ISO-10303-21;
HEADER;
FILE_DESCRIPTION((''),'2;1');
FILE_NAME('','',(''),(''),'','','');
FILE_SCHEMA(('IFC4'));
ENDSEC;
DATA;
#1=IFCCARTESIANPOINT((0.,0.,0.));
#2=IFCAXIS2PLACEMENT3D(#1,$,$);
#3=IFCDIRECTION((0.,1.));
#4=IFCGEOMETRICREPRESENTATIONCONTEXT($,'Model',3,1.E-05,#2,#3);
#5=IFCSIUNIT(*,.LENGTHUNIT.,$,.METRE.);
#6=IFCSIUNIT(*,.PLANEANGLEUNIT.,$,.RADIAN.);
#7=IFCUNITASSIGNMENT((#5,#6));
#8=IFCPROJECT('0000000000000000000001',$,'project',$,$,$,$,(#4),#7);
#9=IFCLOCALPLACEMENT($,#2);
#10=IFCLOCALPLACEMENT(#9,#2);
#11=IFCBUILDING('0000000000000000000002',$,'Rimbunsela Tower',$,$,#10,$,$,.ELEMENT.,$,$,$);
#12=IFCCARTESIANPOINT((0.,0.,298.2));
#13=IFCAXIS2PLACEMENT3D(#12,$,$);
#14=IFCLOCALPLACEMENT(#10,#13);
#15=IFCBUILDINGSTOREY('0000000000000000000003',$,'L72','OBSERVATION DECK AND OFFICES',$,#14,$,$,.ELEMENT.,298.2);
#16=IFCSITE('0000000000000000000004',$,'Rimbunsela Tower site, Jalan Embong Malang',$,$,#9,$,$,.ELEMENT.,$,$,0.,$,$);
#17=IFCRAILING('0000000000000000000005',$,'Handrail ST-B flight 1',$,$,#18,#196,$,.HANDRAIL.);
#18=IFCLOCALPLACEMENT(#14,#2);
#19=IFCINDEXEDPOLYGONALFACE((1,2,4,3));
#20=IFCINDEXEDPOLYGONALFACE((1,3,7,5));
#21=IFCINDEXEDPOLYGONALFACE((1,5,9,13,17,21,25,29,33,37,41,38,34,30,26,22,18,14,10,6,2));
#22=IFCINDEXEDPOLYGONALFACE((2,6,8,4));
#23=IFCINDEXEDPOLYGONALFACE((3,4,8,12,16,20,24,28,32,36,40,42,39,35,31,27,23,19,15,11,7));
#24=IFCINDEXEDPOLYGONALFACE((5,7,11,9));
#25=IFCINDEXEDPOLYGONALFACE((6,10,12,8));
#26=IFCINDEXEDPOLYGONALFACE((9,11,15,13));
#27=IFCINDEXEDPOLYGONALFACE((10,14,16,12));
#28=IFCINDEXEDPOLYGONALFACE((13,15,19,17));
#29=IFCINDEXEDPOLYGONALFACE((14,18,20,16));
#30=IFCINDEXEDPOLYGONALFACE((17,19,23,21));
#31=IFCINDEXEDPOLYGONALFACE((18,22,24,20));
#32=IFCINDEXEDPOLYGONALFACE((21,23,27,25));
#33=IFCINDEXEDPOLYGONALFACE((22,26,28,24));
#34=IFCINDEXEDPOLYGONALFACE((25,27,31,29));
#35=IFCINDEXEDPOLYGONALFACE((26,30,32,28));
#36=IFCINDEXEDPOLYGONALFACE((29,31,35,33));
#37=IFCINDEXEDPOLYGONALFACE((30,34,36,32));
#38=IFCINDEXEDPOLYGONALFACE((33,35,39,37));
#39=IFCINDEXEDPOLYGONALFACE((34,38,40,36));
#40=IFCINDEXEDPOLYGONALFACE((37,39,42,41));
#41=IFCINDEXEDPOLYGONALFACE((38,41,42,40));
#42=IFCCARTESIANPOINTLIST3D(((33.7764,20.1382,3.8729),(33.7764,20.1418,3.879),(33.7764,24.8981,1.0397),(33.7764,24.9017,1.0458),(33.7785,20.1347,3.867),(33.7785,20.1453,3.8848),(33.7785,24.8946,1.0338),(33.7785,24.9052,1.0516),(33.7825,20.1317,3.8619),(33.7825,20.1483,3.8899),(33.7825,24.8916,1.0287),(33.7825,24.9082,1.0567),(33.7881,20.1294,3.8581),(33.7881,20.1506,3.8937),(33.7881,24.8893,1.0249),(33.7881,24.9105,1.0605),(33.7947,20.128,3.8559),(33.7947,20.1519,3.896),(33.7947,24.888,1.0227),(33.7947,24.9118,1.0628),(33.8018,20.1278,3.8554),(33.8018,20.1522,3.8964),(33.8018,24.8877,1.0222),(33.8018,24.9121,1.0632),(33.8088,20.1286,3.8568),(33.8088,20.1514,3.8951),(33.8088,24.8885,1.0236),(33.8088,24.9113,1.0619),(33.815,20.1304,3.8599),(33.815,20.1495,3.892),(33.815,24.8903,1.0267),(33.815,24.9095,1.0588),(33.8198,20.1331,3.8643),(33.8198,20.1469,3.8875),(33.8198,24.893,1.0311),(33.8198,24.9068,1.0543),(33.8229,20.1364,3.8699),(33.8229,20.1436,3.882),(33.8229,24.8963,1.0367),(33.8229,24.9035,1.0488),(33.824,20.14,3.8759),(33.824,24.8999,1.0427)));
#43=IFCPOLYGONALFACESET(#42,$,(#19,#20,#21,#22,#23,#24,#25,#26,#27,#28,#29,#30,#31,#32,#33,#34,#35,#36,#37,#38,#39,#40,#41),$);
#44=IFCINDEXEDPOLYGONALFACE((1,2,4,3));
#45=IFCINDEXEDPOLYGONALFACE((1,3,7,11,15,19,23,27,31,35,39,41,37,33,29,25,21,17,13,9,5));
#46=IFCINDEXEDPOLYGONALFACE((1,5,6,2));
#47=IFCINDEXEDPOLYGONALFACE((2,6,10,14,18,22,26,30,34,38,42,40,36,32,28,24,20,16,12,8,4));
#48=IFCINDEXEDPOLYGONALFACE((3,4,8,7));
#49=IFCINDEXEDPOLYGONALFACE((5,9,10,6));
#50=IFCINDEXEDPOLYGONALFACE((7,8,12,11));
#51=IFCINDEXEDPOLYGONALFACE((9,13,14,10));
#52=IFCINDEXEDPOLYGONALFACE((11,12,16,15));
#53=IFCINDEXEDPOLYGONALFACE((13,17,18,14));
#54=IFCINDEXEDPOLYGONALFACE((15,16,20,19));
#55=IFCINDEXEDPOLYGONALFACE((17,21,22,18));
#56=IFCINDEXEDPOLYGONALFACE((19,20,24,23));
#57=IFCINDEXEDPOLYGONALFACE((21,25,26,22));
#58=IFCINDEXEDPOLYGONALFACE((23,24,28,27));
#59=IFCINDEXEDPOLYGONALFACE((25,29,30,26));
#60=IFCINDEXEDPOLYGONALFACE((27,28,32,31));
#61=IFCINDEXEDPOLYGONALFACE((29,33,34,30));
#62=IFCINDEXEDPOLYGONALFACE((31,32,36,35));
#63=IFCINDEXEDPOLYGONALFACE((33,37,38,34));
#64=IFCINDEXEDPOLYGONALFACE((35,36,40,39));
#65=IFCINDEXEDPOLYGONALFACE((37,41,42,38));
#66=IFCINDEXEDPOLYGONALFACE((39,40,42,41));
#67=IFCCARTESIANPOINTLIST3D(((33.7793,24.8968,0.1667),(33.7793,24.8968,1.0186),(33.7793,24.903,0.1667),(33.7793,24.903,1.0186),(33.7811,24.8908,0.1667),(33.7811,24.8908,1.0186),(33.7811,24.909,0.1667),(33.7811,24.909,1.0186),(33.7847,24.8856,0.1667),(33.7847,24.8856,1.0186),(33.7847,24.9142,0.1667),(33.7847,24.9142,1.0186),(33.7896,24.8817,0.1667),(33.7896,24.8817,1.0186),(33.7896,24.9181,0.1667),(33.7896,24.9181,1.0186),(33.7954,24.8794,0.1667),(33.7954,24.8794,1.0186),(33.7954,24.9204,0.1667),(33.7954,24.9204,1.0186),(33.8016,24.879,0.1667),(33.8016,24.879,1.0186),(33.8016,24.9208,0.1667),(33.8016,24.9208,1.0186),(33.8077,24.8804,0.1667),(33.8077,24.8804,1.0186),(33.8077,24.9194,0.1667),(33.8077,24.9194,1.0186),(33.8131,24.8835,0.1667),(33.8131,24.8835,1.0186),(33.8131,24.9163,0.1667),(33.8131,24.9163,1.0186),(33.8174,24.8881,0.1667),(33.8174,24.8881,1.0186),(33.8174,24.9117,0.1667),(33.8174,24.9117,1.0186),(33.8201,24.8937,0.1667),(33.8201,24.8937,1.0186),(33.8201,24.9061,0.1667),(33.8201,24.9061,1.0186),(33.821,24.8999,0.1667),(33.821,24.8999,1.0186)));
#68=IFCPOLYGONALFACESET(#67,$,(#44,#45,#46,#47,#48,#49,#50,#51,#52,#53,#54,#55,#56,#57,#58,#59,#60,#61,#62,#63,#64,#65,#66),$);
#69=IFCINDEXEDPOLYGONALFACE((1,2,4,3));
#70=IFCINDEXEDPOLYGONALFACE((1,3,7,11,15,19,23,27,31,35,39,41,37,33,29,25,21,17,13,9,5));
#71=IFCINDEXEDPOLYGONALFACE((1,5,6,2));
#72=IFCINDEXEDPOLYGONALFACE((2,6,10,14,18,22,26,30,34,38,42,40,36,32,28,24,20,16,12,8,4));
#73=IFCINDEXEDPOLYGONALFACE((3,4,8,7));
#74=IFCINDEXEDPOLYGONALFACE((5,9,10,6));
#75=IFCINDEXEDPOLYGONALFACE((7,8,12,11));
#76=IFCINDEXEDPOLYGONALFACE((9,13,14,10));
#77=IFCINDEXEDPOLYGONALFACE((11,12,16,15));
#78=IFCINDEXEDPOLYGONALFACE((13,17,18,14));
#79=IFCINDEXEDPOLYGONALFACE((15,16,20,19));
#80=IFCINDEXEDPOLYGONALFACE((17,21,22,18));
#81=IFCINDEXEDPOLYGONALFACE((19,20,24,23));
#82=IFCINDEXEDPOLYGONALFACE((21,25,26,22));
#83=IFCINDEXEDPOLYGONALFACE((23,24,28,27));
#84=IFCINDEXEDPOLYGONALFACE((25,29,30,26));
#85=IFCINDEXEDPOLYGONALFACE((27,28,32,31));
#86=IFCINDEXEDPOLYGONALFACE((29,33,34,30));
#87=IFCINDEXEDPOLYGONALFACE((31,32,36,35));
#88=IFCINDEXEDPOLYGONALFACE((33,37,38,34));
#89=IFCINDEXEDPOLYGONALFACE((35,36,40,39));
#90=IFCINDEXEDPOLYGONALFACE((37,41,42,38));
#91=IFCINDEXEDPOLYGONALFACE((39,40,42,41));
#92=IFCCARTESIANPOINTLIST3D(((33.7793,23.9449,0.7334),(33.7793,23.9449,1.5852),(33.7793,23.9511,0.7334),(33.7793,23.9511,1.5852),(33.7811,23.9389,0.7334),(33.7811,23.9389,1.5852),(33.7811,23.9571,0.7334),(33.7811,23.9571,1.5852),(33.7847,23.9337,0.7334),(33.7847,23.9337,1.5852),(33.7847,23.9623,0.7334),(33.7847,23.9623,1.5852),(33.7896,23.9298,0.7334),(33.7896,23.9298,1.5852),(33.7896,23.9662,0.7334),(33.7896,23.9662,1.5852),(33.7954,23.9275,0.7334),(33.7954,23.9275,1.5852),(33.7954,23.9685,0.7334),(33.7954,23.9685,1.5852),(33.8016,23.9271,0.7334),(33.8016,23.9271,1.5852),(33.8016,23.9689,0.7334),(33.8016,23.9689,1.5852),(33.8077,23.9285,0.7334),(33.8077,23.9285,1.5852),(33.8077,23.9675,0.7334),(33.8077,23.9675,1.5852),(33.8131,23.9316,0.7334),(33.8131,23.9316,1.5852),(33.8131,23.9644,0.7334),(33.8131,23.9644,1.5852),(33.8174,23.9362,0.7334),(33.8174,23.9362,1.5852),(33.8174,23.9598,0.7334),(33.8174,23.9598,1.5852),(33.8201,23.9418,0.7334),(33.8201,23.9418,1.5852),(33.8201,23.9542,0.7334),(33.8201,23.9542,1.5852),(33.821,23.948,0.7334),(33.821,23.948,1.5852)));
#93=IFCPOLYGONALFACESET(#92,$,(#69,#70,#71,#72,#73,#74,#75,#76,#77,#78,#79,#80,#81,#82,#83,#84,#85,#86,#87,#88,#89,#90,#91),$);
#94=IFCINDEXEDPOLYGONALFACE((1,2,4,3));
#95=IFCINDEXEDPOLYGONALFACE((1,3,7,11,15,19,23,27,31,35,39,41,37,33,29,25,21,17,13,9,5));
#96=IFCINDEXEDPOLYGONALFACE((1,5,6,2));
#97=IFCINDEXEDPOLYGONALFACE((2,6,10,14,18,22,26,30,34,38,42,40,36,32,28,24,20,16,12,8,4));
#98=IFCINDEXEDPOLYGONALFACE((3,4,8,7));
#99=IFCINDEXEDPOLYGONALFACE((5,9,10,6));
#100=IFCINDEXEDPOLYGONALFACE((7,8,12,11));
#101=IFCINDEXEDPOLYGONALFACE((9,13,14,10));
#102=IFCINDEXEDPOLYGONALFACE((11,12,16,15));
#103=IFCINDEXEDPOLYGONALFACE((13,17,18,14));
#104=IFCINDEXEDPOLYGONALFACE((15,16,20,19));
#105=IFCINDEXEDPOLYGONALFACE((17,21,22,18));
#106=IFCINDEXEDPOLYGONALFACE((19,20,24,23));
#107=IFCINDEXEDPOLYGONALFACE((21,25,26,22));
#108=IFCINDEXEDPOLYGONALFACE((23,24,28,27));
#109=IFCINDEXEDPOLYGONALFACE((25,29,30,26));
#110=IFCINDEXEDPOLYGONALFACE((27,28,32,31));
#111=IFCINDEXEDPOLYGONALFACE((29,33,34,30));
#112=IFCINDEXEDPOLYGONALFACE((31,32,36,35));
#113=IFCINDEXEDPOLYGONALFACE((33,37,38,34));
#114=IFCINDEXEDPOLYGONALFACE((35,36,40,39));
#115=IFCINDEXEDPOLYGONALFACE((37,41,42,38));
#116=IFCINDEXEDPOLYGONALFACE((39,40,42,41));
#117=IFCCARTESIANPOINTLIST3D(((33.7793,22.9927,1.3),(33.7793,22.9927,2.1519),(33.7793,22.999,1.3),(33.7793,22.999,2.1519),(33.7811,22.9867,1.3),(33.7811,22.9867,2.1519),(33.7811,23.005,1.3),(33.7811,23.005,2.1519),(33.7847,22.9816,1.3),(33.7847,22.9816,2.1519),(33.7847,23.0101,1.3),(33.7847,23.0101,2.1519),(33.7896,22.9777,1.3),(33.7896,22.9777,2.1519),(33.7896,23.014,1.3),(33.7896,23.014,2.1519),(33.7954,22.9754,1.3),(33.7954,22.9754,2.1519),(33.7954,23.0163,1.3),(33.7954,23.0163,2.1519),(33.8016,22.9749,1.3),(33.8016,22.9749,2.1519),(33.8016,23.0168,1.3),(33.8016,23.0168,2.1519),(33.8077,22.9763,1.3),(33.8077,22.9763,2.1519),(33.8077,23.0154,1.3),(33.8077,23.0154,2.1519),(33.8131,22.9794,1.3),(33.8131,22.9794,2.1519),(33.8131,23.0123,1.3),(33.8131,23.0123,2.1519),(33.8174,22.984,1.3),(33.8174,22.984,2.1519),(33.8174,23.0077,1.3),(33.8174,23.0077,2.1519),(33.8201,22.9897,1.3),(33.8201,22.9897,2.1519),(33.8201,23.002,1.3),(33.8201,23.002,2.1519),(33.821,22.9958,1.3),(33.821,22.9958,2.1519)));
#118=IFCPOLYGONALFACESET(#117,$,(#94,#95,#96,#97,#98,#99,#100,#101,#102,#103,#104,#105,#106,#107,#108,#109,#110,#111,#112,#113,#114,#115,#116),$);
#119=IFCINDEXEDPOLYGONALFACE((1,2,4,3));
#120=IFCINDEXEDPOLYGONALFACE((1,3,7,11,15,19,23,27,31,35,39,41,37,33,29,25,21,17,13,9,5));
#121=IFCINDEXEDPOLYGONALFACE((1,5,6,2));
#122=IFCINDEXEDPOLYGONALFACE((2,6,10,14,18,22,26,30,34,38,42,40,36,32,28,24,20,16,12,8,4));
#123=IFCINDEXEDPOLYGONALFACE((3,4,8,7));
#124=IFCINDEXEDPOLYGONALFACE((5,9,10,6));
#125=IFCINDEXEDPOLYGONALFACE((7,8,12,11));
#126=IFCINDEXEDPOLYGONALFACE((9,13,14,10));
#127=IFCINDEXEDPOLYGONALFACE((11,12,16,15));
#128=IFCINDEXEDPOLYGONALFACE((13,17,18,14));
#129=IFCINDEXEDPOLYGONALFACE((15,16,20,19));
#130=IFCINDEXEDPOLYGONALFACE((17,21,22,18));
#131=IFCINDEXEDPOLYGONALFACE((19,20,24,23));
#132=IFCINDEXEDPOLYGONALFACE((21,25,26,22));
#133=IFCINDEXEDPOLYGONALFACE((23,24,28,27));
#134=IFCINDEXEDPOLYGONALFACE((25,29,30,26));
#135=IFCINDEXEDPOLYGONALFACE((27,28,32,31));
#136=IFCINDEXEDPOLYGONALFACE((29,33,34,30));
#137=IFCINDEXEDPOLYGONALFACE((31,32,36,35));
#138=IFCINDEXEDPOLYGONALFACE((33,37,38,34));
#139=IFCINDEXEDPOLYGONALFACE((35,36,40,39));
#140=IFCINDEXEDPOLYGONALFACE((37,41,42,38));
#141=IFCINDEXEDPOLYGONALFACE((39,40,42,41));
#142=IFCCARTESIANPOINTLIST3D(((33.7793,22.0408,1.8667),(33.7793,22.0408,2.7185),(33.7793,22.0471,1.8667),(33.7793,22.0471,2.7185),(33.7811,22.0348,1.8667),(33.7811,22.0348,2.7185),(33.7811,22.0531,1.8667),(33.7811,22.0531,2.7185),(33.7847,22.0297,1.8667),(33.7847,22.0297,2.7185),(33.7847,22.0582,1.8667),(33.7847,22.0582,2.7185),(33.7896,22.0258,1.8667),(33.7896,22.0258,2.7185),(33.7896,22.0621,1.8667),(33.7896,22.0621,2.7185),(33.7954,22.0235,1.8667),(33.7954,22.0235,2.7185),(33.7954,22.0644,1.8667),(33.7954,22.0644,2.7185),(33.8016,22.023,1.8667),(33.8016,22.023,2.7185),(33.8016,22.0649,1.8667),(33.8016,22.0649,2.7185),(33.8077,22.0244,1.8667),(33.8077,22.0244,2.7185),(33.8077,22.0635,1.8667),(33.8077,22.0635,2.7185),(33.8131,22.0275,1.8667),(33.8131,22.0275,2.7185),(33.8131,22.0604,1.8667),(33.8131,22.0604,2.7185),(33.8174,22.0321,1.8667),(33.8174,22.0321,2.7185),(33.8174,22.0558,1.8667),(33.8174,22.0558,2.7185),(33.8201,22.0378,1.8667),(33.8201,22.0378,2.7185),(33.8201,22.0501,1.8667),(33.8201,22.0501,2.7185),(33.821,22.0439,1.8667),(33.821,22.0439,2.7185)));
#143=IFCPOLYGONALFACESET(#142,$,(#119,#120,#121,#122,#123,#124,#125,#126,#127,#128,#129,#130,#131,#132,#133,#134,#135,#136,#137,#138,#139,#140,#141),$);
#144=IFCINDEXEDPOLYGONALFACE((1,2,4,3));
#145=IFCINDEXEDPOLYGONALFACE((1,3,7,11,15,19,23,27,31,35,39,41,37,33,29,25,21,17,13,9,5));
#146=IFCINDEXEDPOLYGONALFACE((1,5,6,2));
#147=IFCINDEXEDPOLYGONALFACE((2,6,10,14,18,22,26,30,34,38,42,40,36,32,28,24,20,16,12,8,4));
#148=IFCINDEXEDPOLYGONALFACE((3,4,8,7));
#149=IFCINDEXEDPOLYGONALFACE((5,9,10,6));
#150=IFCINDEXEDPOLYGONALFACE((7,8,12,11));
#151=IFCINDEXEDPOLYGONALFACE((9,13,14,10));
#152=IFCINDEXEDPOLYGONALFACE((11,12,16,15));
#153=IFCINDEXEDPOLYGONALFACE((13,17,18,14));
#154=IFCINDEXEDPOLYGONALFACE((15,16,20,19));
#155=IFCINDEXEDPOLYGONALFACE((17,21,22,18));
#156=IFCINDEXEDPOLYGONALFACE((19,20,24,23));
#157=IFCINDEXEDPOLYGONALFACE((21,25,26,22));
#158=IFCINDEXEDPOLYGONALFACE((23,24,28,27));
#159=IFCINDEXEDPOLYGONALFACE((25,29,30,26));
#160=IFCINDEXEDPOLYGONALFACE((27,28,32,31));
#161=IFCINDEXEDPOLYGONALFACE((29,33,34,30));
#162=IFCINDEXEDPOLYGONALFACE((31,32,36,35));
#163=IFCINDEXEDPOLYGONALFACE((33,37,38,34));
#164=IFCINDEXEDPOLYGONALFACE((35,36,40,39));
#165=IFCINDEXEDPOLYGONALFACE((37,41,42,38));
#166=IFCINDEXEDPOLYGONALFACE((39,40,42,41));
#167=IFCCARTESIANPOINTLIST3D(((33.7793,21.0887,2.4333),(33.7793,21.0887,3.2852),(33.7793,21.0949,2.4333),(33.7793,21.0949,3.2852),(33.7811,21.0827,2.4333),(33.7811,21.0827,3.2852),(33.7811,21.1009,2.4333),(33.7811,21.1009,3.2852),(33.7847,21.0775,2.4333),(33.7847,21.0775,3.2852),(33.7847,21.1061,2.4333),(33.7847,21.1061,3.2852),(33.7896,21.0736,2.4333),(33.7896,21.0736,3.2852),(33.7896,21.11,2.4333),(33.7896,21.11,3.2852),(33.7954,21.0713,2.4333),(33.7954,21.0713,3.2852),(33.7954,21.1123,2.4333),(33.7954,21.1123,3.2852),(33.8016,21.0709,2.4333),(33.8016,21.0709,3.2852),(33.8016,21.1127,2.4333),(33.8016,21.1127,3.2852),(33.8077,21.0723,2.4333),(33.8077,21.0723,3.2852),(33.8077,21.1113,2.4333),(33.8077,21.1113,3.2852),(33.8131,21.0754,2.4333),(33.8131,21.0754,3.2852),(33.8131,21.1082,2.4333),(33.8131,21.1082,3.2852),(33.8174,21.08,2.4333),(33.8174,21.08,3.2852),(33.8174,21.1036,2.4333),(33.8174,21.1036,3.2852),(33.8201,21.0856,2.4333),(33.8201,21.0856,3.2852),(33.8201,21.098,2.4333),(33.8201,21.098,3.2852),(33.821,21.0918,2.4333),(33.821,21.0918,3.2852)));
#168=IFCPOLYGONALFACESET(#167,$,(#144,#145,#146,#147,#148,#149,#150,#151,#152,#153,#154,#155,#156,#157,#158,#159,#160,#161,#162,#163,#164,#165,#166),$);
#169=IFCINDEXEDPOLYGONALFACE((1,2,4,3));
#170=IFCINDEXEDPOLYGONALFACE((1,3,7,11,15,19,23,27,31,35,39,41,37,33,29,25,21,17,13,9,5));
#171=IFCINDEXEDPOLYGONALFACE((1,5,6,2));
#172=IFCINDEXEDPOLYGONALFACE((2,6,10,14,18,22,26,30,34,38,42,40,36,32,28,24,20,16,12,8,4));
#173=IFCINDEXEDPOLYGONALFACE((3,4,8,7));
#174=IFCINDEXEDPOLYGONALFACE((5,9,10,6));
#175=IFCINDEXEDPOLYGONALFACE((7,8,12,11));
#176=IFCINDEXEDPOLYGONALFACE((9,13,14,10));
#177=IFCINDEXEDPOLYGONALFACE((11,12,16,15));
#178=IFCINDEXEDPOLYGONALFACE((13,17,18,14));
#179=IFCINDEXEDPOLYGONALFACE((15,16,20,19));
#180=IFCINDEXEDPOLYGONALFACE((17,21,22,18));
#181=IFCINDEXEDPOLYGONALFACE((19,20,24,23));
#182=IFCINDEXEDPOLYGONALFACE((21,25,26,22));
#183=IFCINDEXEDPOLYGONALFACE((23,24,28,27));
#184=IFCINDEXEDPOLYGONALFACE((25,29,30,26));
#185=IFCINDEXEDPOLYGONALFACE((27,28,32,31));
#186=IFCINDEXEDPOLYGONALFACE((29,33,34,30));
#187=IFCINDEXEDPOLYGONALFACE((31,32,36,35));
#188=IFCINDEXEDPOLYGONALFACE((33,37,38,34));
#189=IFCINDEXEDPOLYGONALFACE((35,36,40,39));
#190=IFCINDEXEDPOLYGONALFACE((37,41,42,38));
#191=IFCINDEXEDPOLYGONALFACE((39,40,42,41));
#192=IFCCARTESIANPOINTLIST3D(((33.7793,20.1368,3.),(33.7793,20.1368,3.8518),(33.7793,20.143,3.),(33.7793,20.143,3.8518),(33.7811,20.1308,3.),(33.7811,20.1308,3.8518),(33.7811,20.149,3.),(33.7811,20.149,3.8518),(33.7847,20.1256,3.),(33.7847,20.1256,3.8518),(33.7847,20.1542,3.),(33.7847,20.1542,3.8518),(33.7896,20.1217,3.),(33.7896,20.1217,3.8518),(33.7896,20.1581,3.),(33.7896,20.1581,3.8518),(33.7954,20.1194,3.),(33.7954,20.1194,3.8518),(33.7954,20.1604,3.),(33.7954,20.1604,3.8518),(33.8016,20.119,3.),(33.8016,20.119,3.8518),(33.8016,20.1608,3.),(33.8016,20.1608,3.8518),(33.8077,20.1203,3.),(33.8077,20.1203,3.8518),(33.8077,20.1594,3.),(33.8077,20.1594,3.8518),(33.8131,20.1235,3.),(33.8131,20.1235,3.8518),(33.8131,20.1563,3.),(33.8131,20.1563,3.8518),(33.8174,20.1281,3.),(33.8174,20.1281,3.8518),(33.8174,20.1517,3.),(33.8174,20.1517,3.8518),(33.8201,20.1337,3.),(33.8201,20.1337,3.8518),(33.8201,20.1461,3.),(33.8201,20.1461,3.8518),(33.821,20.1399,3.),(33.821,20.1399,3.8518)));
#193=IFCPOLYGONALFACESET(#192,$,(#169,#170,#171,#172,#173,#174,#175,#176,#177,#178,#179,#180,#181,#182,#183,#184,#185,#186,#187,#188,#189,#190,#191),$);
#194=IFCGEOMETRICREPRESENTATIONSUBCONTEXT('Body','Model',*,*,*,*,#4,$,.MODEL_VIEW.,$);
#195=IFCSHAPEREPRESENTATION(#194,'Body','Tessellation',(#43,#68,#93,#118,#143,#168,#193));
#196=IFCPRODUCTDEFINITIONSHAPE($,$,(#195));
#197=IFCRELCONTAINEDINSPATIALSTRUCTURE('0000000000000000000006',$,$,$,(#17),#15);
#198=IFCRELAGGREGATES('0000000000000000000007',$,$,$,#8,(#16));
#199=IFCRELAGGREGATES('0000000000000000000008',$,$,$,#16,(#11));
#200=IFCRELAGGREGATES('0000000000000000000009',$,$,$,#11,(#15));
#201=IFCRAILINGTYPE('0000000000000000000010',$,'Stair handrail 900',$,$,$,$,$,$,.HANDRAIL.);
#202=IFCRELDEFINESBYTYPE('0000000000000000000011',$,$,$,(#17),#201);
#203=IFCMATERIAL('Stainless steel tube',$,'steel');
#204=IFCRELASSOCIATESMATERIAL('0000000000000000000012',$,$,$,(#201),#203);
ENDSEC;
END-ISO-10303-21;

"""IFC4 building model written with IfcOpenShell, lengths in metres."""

from ifc_helpers import new_model, si_unit, direction, frame, origin, origin_2d, place, context, subcontext, project, spatial, circle, extrude, material, type_object, element, save


model = new_model("IFC4")

# Units and contexts
model_context = context("Model", 3, precision=1e-05, world=origin(), true_north=direction((0.0, 1.0)))
body_context = subcontext(model_context, "Body", "Model", "MODEL_VIEW")
ifc_project = project(units=[si_unit("LENGTHUNIT", "METRE"), si_unit("PLANEANGLEUNIT", "RADIAN")], contexts=[model_context])

# Site, building, storey
site_placement = place(None, origin())
site = spatial("IfcSite", under=ifc_project, at=site_placement, Name="Rimbunsela Tower site, Jalan Embong Malang", CompositionType="ELEMENT", RefElevation=0.0)
building_placement = place(site_placement, origin())
building = spatial("IfcBuilding", under=site, at=building_placement, Name="Rimbunsela Tower", CompositionType="ELEMENT")
storey_placement = place(building_placement, frame((0.0, 0.0, 298.2)))
storey = spatial("IfcBuildingStorey", under=building, at=storey_placement, Name="L72", Description="OBSERVATION DECK AND OFFICES", CompositionType="ELEMENT", Elevation=298.2)

# Railing
ifc_material_1 = material(Name="Stainless steel tube", Category="steel")
railing_type_1 = type_object("IfcRailingType", Name="Stair handrail 900", PredefinedType="HANDRAIL", material=ifc_material_1)
for number, where, name in (
    (1, (33.8, 24.8999, 0.1667), "Handrail ST-B flight 1"),
):
    element("IfcRailing", number, at=place(storey_placement, frame(where)), inside=storey, type_object=railing_type_1, Name=name, PredefinedType="HANDRAIL", context=body_context, shape_type="SweptSolid", body=[
        extrude(circle(Radius=0.0239, at=origin_2d()), frame((0.0, 0.0, 0.876), z_axis=(0.0, -0.8593, 0.511472), x_axis=(1.0, 0.0, 0.0)), (0.0, 0.0, 1.0), 5.5393),
        extrude(circle(Radius=0.021, at=origin_2d()), origin(), (0.0, 0.0, 1.0), 0.8518),
        extrude(circle(Radius=0.021, at=origin_2d()), frame((0.0, -0.9519, 0.5667)), (0.0, 0.0, 1.0), 0.8518),
        extrude(circle(Radius=0.021, at=origin_2d()), frame((0.0, -1.9041, 1.1333)), (0.0, 0.0, 1.0), 0.8518),
        extrude(circle(Radius=0.021, at=origin_2d()), frame((0.0, -2.856, 1.7)), (0.0, 0.0, 1.0), 0.8518),
        extrude(circle(Radius=0.021, at=origin_2d()), frame((0.0, -3.8081, 2.2666)), (0.0, 0.0, 1.0), 0.8518),
        extrude(circle(Radius=0.021, at=origin_2d()), frame((0.0, -4.76, 2.8333)), (0.0, 0.0, 1.0), 0.8518),
    ])

save(model, "model.ifc")
